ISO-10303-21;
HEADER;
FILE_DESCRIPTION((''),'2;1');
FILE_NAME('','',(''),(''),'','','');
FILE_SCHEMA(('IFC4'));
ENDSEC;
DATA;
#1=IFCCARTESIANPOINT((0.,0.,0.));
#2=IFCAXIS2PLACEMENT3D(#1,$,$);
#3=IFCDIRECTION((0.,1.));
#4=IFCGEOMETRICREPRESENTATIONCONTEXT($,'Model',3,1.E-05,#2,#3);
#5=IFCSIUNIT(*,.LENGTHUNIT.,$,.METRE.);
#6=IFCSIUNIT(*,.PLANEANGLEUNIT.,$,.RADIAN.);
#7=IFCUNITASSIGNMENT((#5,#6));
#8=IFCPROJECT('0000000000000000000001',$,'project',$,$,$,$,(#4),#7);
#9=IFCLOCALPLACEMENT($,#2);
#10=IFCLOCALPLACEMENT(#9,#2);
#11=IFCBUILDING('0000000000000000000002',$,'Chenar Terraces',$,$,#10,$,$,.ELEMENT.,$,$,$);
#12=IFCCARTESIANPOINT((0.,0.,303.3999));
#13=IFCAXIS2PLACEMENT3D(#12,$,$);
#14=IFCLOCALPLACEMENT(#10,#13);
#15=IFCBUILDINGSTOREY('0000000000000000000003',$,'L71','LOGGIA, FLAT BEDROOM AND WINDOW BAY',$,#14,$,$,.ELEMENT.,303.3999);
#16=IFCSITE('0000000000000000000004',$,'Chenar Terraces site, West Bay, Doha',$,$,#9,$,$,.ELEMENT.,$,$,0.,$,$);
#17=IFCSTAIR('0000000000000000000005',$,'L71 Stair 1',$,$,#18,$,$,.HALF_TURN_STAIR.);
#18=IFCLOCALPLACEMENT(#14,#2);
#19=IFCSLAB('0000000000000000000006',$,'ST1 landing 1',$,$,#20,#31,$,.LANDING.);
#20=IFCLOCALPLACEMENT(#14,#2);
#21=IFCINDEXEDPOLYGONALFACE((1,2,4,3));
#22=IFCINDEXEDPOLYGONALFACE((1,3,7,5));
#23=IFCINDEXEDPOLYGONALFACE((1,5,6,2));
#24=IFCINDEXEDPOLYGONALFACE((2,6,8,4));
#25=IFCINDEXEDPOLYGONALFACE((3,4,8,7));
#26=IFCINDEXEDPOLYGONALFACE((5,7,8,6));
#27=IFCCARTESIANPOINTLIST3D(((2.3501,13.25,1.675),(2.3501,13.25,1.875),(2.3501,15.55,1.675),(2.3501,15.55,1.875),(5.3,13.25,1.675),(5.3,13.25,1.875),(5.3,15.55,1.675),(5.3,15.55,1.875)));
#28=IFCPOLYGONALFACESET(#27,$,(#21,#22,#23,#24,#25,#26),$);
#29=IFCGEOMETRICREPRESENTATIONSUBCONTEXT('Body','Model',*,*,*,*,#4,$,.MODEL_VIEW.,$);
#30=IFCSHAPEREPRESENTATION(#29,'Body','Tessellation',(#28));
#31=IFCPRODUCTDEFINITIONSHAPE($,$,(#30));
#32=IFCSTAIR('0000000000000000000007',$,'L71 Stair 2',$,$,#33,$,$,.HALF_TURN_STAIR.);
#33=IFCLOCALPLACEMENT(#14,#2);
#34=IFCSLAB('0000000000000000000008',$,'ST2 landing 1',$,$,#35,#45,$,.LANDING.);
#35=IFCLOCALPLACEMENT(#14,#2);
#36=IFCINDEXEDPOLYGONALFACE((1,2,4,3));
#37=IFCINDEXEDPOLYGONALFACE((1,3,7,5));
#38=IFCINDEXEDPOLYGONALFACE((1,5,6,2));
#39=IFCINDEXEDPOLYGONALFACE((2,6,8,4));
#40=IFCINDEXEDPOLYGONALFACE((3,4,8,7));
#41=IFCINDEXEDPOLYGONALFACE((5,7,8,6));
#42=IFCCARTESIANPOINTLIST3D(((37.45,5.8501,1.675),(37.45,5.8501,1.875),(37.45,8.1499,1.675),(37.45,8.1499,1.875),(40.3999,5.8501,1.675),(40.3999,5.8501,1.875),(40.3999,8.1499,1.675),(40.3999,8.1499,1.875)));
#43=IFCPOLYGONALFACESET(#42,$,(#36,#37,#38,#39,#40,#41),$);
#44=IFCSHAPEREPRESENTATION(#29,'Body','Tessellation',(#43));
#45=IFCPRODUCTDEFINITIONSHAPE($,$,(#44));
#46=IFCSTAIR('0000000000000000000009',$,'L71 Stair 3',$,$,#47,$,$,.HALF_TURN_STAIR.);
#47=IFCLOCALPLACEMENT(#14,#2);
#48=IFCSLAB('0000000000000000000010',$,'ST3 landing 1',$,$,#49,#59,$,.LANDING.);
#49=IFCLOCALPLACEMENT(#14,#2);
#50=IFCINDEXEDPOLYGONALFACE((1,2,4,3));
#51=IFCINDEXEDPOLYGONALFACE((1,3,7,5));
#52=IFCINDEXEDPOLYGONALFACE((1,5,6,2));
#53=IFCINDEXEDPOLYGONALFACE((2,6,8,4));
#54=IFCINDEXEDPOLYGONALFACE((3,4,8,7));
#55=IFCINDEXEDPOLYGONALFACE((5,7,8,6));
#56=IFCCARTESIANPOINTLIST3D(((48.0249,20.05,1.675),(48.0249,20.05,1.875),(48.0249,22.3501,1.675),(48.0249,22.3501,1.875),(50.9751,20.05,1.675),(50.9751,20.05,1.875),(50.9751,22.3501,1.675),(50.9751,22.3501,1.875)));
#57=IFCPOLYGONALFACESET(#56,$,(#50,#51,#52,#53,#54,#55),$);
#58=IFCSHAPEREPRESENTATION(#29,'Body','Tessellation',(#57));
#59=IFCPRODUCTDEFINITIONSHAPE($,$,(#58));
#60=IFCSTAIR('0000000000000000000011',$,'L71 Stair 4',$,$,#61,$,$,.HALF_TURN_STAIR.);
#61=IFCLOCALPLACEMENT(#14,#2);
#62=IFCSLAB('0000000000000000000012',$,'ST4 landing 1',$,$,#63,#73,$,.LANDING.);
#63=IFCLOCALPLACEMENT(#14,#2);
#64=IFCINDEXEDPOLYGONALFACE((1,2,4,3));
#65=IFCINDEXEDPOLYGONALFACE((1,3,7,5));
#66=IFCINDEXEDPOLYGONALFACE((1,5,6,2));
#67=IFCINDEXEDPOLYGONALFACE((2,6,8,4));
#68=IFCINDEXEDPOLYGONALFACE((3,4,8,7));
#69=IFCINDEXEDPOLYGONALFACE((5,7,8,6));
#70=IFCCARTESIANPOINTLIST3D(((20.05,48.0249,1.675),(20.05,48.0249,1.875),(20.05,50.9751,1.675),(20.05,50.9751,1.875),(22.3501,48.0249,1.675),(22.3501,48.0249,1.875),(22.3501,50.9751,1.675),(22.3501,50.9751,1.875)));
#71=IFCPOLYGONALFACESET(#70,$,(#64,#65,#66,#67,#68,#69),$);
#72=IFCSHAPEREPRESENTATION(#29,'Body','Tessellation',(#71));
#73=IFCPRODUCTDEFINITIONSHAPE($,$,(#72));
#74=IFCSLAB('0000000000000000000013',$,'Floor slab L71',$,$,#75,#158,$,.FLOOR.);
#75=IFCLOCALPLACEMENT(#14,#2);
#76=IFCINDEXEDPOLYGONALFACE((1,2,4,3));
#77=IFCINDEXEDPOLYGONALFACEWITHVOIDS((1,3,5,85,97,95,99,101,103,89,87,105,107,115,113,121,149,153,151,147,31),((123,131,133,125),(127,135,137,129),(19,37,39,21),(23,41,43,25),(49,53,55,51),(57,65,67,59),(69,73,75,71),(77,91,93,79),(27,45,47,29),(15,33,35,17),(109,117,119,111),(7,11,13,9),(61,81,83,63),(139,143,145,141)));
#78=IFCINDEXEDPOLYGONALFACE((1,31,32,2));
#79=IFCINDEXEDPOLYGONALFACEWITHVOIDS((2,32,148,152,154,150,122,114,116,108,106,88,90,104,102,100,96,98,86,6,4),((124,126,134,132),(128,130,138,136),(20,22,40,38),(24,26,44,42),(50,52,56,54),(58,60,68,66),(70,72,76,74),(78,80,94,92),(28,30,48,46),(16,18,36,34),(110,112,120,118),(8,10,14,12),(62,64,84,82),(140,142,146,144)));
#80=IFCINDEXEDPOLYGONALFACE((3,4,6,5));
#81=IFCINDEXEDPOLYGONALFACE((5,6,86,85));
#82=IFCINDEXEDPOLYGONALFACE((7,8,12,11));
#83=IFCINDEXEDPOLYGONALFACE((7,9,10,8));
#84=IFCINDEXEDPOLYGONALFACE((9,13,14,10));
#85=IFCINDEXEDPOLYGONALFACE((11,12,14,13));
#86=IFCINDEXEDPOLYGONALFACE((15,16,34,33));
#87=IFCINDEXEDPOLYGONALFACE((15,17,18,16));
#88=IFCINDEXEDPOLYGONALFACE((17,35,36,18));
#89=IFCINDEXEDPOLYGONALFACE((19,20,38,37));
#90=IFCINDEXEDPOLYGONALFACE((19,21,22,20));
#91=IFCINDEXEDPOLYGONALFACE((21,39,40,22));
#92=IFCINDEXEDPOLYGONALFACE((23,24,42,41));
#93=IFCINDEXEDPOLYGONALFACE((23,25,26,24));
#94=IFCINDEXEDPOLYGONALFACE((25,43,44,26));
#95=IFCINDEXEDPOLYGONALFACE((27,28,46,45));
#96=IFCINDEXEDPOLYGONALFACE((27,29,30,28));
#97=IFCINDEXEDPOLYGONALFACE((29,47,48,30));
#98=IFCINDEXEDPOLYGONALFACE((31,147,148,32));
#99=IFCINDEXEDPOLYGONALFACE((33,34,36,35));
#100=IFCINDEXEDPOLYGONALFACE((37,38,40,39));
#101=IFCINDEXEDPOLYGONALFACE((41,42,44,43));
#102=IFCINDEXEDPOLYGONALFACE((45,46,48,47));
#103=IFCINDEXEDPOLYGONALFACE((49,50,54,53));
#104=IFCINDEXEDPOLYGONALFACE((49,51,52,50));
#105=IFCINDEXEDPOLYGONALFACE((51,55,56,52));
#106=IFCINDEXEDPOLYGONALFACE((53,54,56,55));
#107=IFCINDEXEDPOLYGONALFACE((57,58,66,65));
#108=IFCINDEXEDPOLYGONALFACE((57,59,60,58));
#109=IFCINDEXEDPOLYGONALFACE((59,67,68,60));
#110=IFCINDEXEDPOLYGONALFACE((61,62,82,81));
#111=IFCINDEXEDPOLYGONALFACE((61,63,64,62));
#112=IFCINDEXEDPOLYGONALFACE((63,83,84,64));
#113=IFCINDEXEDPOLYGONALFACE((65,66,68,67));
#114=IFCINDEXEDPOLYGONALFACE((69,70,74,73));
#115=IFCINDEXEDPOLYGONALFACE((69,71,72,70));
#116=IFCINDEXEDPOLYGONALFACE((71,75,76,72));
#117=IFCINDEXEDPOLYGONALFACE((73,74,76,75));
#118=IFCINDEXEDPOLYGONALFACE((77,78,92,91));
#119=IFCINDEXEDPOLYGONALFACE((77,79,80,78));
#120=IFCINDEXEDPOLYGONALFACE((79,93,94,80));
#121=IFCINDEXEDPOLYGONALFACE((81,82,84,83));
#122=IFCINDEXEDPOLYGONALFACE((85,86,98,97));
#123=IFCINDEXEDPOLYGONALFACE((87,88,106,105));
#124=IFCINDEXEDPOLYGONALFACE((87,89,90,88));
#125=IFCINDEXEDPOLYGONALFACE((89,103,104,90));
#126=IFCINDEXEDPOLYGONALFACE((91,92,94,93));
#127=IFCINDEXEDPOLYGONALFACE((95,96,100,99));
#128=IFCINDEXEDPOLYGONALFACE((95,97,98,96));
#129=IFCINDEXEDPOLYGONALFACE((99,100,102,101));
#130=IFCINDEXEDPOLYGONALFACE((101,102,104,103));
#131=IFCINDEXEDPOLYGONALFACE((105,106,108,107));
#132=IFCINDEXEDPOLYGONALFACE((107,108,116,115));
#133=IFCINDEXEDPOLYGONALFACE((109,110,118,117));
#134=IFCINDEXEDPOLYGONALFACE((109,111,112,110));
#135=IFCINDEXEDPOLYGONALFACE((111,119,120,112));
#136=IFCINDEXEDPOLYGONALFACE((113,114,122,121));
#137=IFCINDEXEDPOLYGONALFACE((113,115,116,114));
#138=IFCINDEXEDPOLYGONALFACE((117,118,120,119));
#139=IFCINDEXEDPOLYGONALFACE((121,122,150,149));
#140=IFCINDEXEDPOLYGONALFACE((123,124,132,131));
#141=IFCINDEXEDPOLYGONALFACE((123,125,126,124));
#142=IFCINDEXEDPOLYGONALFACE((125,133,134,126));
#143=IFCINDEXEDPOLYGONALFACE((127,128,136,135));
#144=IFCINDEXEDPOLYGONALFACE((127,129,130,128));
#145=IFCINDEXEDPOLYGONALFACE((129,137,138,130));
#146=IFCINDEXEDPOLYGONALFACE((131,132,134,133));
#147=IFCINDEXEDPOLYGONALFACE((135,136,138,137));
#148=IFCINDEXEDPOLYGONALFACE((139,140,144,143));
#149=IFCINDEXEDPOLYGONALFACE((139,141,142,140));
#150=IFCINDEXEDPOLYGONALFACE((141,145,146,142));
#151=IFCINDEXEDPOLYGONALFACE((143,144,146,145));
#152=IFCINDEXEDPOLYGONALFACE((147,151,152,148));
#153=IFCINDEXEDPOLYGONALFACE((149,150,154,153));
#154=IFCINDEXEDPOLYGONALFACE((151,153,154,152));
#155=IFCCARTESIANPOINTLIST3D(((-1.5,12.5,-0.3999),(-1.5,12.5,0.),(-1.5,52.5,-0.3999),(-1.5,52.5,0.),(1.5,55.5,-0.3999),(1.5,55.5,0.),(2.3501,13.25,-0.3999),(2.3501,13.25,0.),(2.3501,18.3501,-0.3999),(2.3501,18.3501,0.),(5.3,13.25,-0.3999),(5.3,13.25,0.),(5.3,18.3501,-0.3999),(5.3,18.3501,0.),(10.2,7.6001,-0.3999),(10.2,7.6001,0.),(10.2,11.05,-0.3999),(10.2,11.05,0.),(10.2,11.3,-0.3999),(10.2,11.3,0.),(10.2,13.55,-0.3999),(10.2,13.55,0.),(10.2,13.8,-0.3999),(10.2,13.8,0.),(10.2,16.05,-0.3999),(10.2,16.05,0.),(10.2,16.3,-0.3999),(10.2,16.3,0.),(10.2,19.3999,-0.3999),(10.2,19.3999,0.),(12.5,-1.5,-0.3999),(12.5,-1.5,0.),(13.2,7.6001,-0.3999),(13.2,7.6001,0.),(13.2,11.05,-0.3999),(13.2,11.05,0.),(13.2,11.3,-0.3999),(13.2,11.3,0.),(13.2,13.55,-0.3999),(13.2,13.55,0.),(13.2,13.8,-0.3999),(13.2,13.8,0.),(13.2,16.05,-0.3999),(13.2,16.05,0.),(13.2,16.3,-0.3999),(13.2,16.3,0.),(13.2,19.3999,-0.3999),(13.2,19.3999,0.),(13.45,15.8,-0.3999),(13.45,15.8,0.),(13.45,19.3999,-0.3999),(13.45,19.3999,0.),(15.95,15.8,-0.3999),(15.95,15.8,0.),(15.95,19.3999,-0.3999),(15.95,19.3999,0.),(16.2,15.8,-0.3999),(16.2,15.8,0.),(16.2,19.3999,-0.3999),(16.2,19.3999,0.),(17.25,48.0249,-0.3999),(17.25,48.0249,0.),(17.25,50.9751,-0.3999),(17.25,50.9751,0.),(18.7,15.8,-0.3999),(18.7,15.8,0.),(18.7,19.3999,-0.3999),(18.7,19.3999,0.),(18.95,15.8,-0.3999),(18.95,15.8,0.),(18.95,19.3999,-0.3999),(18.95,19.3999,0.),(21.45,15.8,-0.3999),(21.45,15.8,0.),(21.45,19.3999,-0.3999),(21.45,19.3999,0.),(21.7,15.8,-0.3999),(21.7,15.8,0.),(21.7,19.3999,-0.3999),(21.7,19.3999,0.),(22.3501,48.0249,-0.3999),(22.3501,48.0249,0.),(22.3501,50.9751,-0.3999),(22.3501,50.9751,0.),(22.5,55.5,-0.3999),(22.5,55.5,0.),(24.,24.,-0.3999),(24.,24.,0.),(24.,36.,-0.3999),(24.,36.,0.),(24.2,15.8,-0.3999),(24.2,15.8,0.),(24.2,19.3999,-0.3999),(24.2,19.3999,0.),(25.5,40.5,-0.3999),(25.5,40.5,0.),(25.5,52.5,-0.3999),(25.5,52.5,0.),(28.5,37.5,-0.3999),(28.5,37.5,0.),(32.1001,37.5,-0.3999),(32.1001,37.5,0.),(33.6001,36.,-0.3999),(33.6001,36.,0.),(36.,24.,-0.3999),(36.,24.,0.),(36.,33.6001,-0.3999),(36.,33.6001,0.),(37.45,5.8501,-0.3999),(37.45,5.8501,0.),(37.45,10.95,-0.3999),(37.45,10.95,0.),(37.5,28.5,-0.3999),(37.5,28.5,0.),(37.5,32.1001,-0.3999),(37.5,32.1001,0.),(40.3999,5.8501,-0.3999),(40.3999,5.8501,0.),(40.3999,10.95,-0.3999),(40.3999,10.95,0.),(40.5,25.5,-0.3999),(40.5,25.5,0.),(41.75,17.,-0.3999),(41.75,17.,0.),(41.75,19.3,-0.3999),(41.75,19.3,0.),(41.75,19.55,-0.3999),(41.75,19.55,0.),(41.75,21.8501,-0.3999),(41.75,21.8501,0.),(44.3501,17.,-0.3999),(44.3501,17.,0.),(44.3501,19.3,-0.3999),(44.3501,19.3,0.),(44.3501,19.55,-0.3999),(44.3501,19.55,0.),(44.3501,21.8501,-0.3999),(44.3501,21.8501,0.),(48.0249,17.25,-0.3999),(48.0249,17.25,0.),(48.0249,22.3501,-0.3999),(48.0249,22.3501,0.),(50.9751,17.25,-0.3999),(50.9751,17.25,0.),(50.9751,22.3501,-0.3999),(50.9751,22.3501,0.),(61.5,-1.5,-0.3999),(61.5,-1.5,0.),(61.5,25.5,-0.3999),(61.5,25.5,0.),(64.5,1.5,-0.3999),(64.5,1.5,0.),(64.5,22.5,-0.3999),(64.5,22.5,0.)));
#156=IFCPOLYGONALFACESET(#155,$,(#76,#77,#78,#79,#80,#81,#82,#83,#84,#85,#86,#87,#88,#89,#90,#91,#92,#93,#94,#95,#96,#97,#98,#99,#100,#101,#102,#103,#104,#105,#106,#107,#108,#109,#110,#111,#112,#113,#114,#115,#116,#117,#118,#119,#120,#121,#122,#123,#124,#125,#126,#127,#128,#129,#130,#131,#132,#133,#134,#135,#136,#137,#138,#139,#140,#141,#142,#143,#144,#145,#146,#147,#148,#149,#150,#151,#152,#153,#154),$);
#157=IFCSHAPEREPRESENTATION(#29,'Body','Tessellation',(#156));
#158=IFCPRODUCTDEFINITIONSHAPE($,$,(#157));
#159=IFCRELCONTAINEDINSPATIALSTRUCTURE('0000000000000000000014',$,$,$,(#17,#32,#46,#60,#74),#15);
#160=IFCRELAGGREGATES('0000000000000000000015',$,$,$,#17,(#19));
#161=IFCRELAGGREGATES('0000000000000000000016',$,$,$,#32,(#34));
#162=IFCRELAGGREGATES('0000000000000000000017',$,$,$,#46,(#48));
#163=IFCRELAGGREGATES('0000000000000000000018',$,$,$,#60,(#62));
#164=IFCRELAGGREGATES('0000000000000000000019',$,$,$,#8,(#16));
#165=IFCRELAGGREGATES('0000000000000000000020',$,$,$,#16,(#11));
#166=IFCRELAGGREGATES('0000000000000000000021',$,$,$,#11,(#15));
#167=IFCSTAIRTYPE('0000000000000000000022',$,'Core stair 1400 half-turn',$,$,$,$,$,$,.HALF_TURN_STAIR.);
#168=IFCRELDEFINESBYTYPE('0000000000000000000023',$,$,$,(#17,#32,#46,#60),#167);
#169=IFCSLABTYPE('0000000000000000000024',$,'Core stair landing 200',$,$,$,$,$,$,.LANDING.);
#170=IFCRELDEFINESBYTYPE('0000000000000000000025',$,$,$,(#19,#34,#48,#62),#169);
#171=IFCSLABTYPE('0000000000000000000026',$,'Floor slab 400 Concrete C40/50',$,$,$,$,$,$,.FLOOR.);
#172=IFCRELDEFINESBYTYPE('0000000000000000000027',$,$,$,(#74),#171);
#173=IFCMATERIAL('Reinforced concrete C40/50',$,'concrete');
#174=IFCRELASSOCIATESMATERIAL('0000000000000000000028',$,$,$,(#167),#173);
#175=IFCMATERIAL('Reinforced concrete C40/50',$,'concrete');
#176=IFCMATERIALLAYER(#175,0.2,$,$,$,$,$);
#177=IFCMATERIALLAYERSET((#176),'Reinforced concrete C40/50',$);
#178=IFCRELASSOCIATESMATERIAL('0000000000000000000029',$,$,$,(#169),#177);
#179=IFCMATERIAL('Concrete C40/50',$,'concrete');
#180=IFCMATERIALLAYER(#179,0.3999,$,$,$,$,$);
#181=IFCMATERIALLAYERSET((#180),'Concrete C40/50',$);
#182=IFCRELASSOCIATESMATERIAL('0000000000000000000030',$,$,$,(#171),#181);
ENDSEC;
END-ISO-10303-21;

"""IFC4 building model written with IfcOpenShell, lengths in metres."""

from ifc_helpers import new_model, si_unit, direction, frame, origin, place, context, subcontext, project, spatial, polyline, outline, extrude, material, layer, layer_set, type_object, element, aggregate, save


model = new_model("IFC4")

# Units and contexts
model_context = context("Model", 3, precision=1e-05, world=origin(), true_north=direction((0.0, 1.0)))
body_context = subcontext(model_context, "Body", "Model", "MODEL_VIEW")
ifc_project = project(units=[si_unit("LENGTHUNIT", "METRE"), si_unit("PLANEANGLEUNIT", "RADIAN")], contexts=[model_context])

# Site, building, storey
site_placement = place(None, origin())
site = spatial("IfcSite", under=ifc_project, at=site_placement, Name="Chenar Terraces site, West Bay, Doha", CompositionType="ELEMENT", RefElevation=0.0)
building_placement = place(site_placement, origin())
building = spatial("IfcBuilding", under=site, at=building_placement, Name="Chenar Terraces", CompositionType="ELEMENT")
storey_placement = place(building_placement, frame((0.0, 0.0, 303.3999)))
storey = spatial("IfcBuildingStorey", under=building, at=storey_placement, Name="L71", Description="LOGGIA, FLAT BEDROOM AND WINDOW BAY", CompositionType="ELEMENT", Elevation=303.3999)

# Stairs, slabs
ifc_material_1 = material(Name="Reinforced concrete C40/50", Category="concrete")
stair_type = type_object("IfcStairType", Name="Core stair 1400 half-turn", PredefinedType="HALF_TURN_STAIR", material=ifc_material_1)
placement_1 = place(storey_placement, origin())
stair_1 = element("IfcStair", 1, at=placement_1, inside=storey, type_object=stair_type, Name="L71 Stair 1", PredefinedType="HALF_TURN_STAIR")
ifc_material_2 = material(Name="Reinforced concrete C40/50", Category="concrete")
ifc_layer_1 = layer(ifc_material_2, 0.2)
ifc_layer_set_1 = layer_set([ifc_layer_1], Name="Reinforced concrete C40/50")
slab_type_1 = type_object("IfcSlabType", Name="Core stair landing 200", PredefinedType="LANDING", material=ifc_layer_set_1)
placement_2 = place(storey_placement, frame((0.0, 0.0, 1.675)))
slab_1 = element("IfcSlab", 2, at=placement_2, type_object=slab_type_1, Name="ST1 landing 1", PredefinedType="LANDING", context=body_context, shape_type="SweptSolid", body=[
    extrude(outline(polyline([(2.3501, 15.55), (2.3501, 13.25), (5.3, 13.25), (5.3, 15.55), (2.3501, 15.55)])), origin(), (0.0, 0.0, 1.0), 0.2),
])
aggregate(stair_1, [slab_1])
stair_2 = element("IfcStair", 3, at=placement_1, inside=storey, type_object=stair_type, Name="L71 Stair 2", PredefinedType="HALF_TURN_STAIR")
slab_2 = element("IfcSlab", 4, at=placement_2, type_object=slab_type_1, Name="ST2 landing 1", PredefinedType="LANDING", context=body_context, shape_type="SweptSolid", body=[
    extrude(outline(polyline([(37.45, 8.1499), (37.45, 5.8501), (40.3999, 5.8501), (40.3999, 8.1499), (37.45, 8.1499)])), origin(), (0.0, 0.0, 1.0), 0.2),
])
aggregate(stair_2, [slab_2])
stair_3 = element("IfcStair", 5, at=placement_1, inside=storey, type_object=stair_type, Name="L71 Stair 3", PredefinedType="HALF_TURN_STAIR")
slab_3 = element("IfcSlab", 6, at=placement_2, type_object=slab_type_1, Name="ST3 landing 1", PredefinedType="LANDING", context=body_context, shape_type="SweptSolid", body=[
    extrude(outline(polyline([(50.9751, 20.05), (50.9751, 22.3501), (48.0249, 22.3501), (48.0249, 20.05), (50.9751, 20.05)])), origin(), (0.0, 0.0, 1.0), 0.2),
])
aggregate(stair_3, [slab_3])
stair_4 = element("IfcStair", 7, at=placement_1, inside=storey, type_object=stair_type, Name="L71 Stair 4", PredefinedType="HALF_TURN_STAIR")
slab_4 = element("IfcSlab", 8, at=placement_2, type_object=slab_type_1, Name="ST4 landing 1", PredefinedType="LANDING", context=body_context, shape_type="SweptSolid", body=[
    extrude(outline(polyline([(20.05, 48.0249), (22.3501, 48.0249), (22.3501, 50.9751), (20.05, 50.9751), (20.05, 48.0249)])), origin(), (0.0, 0.0, 1.0), 0.2),
])
aggregate(stair_4, [slab_4])

# Slab
ifc_material_3 = material(Name="Concrete C40/50", Category="concrete")
ifc_layer_2 = layer(ifc_material_3, 0.3999)
ifc_layer_set_2 = layer_set([ifc_layer_2], Name="Concrete C40/50")
slab_type_2 = type_object("IfcSlabType", Name="Floor slab 400 Concrete C40/50", PredefinedType="FLOOR", material=ifc_layer_set_2)
slab_5_placement = place(storey_placement, frame((0.0, 0.0, -0.3999)))
element("IfcSlab", 9, at=slab_5_placement, inside=storey, type_object=slab_type_2, Name="Floor slab L71", PredefinedType="FLOOR", context=body_context, shape_type="SweptSolid", body=[
    extrude(outline(polyline([(64.5, 22.5), (64.5, 1.5), (61.5, -1.5), (12.5, -1.5), (-1.5, 12.5), (-1.5, 52.5), (1.5, 55.5), (22.5, 55.5), (25.5, 52.5), (25.5, 40.5), (28.5, 37.5), (32.1001, 37.5), (33.6001, 36.0), (24.0, 36.0), (24.0, 24.0), (36.0, 24.0), (36.0, 33.6001), (37.5, 32.1001), (37.5, 28.5), (40.5, 25.5), (61.5, 25.5), (64.5, 22.5)]), holes=[polyline([(10.2, 11.05), (10.2, 7.6001), (13.2, 7.6001), (13.2, 11.05), (10.2, 11.05)]), polyline([(13.2, 13.55), (10.2, 13.55), (10.2, 11.3), (13.2, 11.3), (13.2, 13.55)]), polyline([(13.2, 16.05), (10.2, 16.05), (10.2, 13.8), (13.2, 13.8), (13.2, 16.05)]), polyline([(2.3501, 13.25), (5.3, 13.25), (5.3, 18.3501), (2.3501, 18.3501), (2.3501, 13.25)]), polyline([(15.95, 19.3999), (13.45, 19.3999), (13.45, 15.8), (15.95, 15.8), (15.95, 19.3999)]), polyline([(18.7, 19.3999), (16.2, 19.3999), (16.2, 15.8), (18.7, 15.8), (18.7, 19.3999)]), polyline([(13.2, 19.3999), (10.2, 19.3999), (10.2, 16.3), (13.2, 16.3), (13.2, 19.3999)]), polyline([(22.3501, 48.0249), (22.3501, 50.9751), (17.25, 50.9751), (17.25, 48.0249), (22.3501, 48.0249)]), polyline([(37.45, 5.8501), (40.3999, 5.8501), (40.3999, 10.95), (37.45, 10.95), (37.45, 5.8501)]), polyline([(21.45, 19.3999), (18.95, 19.3999), (18.95, 15.8), (21.45, 15.8), (21.45, 19.3999)]), polyline([(24.2, 19.3999), (21.7, 19.3999), (21.7, 15.8), (24.2, 15.8), (24.2, 19.3999)]), polyline([(44.3501, 19.3), (41.75, 19.3), (41.75, 17.0), (44.3501, 17.0), (44.3501, 19.3)]), polyline([(50.9751, 22.3501), (48.0249, 22.3501), (48.0249, 17.25), (50.9751, 17.25), (50.9751, 22.3501)]), polyline([(44.3501, 21.8501), (41.75, 21.8501), (41.75, 19.55), (44.3501, 19.55), (44.3501, 21.8501)])]), origin(), (0.0, 0.0, 1.0), 0.3999),
])

save(model, "model.ifc")
